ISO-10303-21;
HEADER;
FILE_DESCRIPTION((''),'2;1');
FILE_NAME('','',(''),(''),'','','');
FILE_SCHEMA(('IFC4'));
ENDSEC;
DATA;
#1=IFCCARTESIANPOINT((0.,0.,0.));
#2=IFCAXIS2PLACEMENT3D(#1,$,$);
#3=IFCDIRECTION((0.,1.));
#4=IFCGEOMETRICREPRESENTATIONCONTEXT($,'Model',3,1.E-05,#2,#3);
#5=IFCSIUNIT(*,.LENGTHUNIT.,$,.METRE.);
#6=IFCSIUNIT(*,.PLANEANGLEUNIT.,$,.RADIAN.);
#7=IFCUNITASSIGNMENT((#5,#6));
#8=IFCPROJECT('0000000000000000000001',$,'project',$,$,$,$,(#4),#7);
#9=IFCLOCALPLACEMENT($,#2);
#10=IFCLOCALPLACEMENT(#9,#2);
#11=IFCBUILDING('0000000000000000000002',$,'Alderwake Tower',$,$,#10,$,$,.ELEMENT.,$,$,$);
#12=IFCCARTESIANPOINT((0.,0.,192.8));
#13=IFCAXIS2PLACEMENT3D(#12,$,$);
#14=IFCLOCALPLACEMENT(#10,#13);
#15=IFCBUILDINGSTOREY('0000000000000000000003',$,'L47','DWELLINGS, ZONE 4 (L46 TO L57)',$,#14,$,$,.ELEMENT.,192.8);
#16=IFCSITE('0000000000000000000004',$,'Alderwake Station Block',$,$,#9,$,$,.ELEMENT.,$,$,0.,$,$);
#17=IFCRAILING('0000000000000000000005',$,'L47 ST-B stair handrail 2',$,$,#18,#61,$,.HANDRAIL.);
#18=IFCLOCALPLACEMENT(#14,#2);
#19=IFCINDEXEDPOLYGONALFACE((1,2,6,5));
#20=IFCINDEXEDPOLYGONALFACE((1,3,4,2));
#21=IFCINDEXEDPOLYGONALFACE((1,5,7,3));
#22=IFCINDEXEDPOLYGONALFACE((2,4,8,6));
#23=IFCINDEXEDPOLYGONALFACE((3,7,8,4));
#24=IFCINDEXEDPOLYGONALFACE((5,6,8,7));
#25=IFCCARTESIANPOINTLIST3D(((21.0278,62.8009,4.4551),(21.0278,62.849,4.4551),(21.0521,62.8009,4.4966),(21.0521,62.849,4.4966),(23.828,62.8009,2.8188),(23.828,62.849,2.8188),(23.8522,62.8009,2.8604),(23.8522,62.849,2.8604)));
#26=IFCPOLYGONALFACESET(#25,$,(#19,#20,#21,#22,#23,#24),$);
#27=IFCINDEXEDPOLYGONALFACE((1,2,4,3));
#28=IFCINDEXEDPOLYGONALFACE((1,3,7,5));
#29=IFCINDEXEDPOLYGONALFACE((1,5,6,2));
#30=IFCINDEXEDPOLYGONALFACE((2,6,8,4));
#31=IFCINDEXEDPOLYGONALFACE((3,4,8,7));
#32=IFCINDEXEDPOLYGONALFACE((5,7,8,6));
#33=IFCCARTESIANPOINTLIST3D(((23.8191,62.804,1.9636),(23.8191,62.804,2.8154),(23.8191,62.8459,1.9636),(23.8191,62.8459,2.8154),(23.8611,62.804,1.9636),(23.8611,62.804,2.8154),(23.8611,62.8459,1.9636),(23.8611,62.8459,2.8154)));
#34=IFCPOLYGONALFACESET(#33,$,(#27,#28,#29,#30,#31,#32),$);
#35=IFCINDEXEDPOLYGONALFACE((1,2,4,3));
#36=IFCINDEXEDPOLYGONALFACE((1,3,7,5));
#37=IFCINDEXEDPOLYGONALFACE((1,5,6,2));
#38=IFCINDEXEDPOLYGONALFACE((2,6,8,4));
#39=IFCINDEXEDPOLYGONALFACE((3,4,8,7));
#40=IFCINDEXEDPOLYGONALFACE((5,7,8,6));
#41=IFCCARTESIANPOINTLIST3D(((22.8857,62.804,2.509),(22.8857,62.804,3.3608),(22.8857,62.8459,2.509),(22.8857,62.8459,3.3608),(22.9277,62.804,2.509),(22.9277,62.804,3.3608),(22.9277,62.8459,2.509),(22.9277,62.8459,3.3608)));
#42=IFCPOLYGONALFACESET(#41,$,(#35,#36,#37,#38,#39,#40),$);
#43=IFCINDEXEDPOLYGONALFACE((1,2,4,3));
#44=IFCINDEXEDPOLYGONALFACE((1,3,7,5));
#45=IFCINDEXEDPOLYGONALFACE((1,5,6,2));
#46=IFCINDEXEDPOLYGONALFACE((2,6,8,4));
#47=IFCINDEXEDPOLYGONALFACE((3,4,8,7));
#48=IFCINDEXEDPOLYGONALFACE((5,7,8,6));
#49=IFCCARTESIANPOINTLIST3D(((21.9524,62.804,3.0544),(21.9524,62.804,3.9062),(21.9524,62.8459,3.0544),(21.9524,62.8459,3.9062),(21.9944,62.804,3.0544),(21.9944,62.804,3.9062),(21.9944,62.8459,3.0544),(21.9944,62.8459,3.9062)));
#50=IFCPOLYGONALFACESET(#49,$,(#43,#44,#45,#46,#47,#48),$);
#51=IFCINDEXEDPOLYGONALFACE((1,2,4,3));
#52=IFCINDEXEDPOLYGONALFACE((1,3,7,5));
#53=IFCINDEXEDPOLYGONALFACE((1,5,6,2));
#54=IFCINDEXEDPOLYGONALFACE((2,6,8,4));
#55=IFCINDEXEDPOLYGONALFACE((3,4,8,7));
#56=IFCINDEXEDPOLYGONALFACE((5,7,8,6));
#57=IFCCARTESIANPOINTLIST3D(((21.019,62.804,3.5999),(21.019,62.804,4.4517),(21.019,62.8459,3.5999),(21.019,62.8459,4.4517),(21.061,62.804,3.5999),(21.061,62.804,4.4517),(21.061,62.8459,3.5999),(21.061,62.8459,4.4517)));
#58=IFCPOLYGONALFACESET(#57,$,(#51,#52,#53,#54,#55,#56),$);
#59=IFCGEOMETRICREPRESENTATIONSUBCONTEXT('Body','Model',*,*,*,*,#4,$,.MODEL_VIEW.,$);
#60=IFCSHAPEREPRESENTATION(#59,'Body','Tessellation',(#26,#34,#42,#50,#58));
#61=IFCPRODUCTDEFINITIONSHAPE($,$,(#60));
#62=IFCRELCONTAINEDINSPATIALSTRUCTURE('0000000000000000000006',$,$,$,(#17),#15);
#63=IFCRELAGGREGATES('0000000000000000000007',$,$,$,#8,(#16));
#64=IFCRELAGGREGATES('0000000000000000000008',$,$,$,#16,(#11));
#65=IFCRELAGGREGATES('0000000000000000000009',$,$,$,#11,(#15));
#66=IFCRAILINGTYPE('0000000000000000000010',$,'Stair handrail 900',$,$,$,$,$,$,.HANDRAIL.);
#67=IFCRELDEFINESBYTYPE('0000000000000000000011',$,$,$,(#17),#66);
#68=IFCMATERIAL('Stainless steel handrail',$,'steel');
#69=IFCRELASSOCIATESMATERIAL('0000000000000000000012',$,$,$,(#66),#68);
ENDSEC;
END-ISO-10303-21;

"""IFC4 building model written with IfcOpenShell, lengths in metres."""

from ifc_helpers import new_model, si_unit, direction, frame, origin, origin_2d, place, context, subcontext, project, spatial, rectangle, extrude, material, type_object, element, save


model = new_model("IFC4")

# Units and contexts
model_context = context("Model", 3, precision=1e-05, world=origin(), true_north=direction((0.0, 1.0)))
body_context = subcontext(model_context, "Body", "Model", "MODEL_VIEW")
ifc_project = project(units=[si_unit("LENGTHUNIT", "METRE"), si_unit("PLANEANGLEUNIT", "RADIAN")], contexts=[model_context])

# Site, building, storey
site_placement = place(None, origin())
site = spatial("IfcSite", under=ifc_project, at=site_placement, Name="Alderwake Station Block", CompositionType="ELEMENT", RefElevation=0.0)
building_placement = place(site_placement, origin())
building = spatial("IfcBuilding", under=site, at=building_placement, Name="Alderwake Tower", CompositionType="ELEMENT")
storey_placement = place(building_placement, frame((0.0, 0.0, 192.8)))
storey = spatial("IfcBuildingStorey", under=building, at=storey_placement, Name="L47", Description="DWELLINGS, ZONE 4 (L46 TO L57)", CompositionType="ELEMENT", Elevation=192.8)

# Railing
ifc_material_1 = material(Name="Stainless steel handrail", Category="steel")
railing_type = type_object("IfcRailingType", Name="Stair handrail 900", PredefinedType="HANDRAIL", material=ifc_material_1)
railing_placement = place(storey_placement, frame((23.8401, 62.825, 1.9636)))
element("IfcRailing", 1, at=railing_placement, inside=storey, type_object=railing_type, Name="L47 ST-B stair handrail 2", PredefinedType="HANDRAIL", context=body_context, shape_type="SweptSolid", body=[
    extrude(rectangle(XDim=0.0481, YDim=0.0481, at=origin_2d()), frame((0.0, 0.0, 0.876), z_axis=(-0.863394, 0.0, 0.504531), x_axis=(0.0, -1.0, 0.0)), (0.0, 0.0, 1.0), 3.2432),
    extrude(rectangle(XDim=0.042, YDim=0.042, at=origin_2d()), frame((0.0, 0.0, 0.0), z_axis=(0.0, 0.0, 1.0), x_axis=(-1.0, 0.0, 0.0)), (0.0, 0.0, 1.0), 0.8518),
    extrude(rectangle(XDim=0.042, YDim=0.042, at=origin_2d()), frame((-0.9333, 0.0, 0.5454), z_axis=(0.0, 0.0, 1.0), x_axis=(-1.0, 0.0, 0.0)), (0.0, 0.0, 1.0), 0.8518),
    extrude(rectangle(XDim=0.042, YDim=0.042, at=origin_2d()), frame((-1.8667, 0.0, 1.0908), z_axis=(0.0, 0.0, 1.0), x_axis=(-1.0, 0.0, 0.0)), (0.0, 0.0, 1.0), 0.8518),
    extrude(rectangle(XDim=0.042, YDim=0.042, at=origin_2d()), frame((-2.8, 0.0, 1.6362), z_axis=(0.0, 0.0, 1.0), x_axis=(-1.0, 0.0, 0.0)), (0.0, 0.0, 1.0), 0.8518),
])

save(model, "model.ifc")
